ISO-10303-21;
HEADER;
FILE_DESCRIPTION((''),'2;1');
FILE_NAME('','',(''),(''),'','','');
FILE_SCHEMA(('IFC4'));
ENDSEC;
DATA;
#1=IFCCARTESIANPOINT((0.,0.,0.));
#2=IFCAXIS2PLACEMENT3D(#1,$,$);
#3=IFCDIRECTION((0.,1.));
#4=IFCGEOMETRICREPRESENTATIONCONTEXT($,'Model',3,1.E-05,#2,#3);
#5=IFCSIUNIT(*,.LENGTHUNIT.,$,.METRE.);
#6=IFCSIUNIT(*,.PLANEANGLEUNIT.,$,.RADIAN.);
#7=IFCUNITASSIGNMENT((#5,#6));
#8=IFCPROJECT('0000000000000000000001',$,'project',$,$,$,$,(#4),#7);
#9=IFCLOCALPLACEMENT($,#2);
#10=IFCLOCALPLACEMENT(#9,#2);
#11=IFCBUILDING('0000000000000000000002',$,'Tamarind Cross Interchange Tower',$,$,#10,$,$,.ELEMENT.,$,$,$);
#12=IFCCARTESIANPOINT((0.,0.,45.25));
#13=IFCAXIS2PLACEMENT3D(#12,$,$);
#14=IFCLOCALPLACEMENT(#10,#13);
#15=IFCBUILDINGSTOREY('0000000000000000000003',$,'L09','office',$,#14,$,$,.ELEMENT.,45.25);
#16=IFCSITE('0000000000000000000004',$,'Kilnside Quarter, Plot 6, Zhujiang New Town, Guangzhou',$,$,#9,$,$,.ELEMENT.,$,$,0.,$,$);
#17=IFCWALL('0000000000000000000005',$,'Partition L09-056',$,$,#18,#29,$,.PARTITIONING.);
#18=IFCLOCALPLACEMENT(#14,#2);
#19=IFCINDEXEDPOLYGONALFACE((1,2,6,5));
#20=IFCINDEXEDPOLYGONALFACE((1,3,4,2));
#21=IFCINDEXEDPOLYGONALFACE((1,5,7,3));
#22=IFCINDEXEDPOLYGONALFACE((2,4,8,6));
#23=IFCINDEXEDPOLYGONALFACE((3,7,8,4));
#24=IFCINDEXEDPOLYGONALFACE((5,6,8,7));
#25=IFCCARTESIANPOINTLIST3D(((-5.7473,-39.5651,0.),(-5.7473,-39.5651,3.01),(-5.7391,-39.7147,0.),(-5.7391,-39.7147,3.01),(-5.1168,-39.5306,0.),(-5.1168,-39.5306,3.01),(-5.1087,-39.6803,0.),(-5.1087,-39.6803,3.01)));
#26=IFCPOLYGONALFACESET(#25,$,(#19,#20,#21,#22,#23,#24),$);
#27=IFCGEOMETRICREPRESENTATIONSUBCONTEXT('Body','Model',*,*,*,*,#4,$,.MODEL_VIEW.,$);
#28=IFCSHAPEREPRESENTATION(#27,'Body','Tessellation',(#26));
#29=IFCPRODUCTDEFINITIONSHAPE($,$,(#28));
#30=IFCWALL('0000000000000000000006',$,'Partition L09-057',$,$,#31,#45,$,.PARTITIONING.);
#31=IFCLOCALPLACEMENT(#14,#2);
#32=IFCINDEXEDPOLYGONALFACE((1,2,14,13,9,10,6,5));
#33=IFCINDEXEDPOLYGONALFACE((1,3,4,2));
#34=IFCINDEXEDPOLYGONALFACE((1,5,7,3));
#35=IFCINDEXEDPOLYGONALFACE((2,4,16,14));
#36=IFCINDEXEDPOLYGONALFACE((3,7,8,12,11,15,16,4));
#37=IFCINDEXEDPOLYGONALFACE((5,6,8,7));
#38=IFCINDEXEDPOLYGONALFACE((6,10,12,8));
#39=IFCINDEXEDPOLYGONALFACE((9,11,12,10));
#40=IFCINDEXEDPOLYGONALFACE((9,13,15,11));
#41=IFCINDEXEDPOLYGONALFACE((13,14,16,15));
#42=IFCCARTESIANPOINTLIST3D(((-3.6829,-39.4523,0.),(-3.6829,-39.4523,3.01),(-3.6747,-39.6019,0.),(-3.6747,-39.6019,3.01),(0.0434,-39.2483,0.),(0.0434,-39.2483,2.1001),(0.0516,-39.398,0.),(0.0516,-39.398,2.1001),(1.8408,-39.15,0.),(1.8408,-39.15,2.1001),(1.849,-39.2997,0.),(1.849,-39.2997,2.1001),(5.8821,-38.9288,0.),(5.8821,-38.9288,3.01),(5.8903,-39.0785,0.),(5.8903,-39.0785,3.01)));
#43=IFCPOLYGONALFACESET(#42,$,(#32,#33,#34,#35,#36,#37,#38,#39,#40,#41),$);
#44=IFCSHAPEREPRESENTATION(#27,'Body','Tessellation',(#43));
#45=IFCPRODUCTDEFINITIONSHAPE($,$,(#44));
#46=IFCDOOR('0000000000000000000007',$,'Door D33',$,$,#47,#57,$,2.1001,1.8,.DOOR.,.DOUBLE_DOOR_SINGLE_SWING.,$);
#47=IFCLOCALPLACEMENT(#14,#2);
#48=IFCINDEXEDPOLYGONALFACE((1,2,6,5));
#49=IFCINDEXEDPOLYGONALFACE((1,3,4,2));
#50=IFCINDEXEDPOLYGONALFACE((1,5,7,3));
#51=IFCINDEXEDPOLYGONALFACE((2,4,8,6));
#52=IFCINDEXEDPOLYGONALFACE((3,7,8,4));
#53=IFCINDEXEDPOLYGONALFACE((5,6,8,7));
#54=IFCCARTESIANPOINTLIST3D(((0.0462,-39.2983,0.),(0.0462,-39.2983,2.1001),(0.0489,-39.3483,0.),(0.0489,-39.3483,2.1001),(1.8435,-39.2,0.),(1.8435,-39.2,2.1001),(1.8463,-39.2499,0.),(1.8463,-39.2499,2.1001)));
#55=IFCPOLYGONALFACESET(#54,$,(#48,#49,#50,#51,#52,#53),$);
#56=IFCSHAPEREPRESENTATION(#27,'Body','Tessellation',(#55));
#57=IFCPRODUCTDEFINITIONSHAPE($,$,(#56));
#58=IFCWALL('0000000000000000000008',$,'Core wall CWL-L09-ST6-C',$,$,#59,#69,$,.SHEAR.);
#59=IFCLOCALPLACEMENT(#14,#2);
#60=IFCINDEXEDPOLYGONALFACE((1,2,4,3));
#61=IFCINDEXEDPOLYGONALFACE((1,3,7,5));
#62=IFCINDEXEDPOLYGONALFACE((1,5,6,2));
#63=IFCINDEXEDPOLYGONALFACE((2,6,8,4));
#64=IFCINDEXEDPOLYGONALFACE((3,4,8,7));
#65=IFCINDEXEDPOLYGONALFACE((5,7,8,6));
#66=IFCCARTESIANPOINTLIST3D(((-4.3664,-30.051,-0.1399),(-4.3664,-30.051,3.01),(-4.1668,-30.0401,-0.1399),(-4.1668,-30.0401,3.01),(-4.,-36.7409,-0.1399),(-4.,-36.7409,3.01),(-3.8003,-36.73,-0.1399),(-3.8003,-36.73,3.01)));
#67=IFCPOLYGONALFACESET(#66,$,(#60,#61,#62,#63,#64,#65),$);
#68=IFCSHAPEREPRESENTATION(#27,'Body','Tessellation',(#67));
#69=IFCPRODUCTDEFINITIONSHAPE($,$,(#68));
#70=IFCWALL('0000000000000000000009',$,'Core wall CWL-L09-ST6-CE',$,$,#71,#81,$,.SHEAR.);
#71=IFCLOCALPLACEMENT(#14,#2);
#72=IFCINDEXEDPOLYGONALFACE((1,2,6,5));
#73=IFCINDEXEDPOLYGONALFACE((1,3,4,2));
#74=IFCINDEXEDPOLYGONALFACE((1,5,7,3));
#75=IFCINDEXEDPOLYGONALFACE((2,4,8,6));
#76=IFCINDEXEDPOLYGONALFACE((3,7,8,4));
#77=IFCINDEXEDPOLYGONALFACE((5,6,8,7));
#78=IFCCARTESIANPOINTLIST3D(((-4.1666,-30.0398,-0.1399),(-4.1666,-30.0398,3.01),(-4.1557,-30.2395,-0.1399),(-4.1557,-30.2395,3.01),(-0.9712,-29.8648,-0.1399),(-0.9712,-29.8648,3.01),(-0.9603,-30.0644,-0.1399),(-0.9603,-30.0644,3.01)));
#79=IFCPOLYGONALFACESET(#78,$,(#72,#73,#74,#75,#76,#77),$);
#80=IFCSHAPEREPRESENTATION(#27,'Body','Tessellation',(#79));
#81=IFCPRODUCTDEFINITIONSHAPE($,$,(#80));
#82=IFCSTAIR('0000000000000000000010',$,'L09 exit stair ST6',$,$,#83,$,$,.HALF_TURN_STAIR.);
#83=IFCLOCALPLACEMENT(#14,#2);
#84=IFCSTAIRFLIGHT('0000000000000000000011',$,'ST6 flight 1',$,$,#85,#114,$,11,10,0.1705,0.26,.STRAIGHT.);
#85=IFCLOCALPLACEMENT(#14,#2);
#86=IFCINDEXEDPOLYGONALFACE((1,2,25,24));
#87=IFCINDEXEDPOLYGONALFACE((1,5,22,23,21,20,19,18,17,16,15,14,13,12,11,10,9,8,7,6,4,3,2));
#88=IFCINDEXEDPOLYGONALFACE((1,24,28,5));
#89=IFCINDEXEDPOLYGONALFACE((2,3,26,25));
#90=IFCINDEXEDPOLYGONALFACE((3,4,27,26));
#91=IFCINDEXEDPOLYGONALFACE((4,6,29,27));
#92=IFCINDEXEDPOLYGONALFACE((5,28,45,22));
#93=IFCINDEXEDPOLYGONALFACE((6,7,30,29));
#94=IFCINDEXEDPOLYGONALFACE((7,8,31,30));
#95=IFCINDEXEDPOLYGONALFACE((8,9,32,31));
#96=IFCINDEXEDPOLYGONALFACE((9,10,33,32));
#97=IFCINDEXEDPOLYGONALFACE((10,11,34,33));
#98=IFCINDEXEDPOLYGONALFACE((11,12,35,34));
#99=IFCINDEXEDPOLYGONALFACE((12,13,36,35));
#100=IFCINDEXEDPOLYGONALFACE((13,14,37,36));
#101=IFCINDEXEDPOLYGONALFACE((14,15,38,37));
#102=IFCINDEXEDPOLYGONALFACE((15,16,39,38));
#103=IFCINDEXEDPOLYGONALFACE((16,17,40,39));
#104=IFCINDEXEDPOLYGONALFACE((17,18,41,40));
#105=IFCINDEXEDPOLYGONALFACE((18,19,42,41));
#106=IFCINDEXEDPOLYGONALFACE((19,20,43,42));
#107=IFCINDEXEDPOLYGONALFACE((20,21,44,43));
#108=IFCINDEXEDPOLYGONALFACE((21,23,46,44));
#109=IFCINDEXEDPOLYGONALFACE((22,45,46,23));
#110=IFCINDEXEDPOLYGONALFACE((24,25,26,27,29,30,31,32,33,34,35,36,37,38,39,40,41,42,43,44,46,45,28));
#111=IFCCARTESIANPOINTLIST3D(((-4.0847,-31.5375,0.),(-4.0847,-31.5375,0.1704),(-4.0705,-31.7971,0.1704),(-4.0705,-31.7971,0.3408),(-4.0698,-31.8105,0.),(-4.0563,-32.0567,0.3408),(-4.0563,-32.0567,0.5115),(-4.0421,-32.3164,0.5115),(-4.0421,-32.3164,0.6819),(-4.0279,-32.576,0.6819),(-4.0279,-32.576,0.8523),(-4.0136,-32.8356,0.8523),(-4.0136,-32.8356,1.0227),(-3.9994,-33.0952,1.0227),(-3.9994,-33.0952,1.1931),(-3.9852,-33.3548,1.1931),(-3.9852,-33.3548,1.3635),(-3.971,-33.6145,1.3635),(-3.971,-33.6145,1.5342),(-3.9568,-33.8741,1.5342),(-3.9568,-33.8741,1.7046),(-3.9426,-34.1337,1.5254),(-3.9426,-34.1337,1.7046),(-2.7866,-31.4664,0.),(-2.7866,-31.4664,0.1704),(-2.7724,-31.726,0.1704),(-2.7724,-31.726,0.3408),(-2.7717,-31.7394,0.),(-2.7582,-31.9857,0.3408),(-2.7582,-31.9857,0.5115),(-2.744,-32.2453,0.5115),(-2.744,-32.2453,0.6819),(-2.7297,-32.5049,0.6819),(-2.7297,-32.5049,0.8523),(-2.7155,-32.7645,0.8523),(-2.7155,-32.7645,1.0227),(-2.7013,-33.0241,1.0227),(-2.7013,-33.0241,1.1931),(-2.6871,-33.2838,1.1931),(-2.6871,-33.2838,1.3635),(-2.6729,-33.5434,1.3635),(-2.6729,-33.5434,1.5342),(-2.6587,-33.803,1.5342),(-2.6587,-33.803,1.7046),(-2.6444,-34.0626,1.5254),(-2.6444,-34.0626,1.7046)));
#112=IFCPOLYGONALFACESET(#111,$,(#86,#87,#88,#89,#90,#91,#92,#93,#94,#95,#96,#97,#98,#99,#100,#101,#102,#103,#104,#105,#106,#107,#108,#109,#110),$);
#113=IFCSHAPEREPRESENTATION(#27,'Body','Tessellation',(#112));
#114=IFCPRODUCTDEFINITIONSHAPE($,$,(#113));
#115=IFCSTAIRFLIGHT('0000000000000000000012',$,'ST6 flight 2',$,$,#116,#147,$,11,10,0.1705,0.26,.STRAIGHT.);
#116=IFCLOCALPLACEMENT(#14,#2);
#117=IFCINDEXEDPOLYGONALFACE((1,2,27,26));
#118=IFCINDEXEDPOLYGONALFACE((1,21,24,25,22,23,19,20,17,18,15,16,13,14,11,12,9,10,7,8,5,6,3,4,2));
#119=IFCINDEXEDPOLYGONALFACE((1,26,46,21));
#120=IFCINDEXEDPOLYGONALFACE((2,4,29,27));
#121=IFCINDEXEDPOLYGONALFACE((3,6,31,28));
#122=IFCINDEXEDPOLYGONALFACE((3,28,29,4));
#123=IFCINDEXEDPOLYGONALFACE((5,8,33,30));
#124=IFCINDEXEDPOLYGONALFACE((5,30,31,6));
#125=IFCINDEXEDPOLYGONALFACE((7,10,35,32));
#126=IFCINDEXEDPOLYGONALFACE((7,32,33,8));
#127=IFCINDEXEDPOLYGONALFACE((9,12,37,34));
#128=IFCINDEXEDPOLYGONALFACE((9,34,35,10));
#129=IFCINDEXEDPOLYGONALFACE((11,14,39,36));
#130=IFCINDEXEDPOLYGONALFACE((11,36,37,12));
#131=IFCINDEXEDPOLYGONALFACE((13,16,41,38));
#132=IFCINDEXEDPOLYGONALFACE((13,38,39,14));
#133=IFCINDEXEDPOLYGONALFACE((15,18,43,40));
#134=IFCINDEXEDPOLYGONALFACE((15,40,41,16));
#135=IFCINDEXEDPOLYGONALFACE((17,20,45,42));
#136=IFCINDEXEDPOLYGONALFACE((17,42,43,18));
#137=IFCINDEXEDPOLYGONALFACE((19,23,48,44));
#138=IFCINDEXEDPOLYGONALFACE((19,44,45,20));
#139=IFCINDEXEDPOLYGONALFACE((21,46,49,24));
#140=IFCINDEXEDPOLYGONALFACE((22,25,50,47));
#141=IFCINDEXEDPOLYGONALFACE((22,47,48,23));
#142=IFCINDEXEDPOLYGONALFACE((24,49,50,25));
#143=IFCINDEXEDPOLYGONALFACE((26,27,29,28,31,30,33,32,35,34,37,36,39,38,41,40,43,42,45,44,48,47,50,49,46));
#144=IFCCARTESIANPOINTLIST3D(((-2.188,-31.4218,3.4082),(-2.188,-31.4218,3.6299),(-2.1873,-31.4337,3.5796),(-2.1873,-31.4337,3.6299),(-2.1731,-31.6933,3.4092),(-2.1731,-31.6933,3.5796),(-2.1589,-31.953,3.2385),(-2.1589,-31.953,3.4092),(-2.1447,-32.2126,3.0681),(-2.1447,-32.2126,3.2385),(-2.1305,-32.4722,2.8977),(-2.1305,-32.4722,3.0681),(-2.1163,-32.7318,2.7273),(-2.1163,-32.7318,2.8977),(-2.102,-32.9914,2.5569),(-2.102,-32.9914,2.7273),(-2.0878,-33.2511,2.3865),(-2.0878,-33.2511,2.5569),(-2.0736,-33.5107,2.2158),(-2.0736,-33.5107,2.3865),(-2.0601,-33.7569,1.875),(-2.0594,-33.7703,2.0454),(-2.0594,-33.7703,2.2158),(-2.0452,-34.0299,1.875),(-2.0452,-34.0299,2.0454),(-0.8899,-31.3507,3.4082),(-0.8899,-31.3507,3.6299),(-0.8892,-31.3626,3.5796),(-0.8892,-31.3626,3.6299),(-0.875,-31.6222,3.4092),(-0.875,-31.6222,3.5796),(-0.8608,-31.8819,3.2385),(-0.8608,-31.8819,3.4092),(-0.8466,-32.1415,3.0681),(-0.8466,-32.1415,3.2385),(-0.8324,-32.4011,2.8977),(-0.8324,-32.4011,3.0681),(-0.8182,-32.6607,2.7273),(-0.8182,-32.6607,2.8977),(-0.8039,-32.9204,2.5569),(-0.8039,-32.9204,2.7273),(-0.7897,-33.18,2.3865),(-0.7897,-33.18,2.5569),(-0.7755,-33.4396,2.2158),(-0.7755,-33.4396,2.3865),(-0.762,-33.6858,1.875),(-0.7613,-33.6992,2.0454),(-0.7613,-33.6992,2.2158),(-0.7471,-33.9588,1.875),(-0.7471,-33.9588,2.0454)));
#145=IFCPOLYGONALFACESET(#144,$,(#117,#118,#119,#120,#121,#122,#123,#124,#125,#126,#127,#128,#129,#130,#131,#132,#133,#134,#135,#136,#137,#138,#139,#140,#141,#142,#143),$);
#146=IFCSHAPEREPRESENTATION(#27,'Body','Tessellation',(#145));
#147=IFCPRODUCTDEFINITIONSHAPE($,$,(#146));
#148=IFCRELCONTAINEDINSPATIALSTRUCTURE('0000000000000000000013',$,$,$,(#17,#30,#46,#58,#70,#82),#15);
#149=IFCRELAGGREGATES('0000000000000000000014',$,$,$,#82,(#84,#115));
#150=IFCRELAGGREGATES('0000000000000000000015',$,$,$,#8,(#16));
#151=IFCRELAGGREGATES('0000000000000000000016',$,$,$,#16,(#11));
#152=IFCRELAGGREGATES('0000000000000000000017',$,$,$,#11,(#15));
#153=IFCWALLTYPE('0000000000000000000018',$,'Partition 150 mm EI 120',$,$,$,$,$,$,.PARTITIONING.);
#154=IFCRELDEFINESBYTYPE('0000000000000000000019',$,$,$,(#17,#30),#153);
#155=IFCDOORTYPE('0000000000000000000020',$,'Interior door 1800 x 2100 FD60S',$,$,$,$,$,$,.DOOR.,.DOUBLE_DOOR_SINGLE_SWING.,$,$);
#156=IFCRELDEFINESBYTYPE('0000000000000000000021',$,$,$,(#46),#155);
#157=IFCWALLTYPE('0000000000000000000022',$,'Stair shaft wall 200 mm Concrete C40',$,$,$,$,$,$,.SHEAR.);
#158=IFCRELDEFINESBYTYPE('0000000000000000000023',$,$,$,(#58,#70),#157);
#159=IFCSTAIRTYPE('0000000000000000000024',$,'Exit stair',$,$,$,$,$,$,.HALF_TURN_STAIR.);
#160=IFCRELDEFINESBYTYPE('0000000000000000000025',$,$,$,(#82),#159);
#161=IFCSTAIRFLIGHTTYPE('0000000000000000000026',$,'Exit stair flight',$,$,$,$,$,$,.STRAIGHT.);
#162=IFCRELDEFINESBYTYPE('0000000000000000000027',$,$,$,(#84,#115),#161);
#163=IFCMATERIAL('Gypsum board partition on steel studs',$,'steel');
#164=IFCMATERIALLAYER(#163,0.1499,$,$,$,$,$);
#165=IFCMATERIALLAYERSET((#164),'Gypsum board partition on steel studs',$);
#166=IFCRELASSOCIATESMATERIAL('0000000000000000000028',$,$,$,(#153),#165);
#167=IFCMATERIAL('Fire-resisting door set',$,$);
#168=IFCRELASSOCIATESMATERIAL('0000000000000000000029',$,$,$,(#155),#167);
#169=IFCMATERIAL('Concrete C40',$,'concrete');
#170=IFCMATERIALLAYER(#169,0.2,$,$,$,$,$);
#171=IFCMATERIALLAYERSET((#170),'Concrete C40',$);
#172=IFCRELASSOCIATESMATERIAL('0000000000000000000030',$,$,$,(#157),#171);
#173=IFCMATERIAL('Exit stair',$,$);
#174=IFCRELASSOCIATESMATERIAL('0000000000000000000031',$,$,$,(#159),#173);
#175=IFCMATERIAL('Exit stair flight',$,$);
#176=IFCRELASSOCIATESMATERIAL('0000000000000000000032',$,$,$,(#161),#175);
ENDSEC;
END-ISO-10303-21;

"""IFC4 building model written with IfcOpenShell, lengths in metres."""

from ifc_helpers import new_model, si_unit, direction, frame, frame_2d, origin, place, context, subcontext, project, spatial, polyline, rectangle, outline, extrude, material, layer, layer_set, type_object, element, fill, aggregate, save


model = new_model("IFC4")

# Units and contexts
model_context = context("Model", 3, precision=1e-05, world=origin(), true_north=direction((0.0, 1.0)))
body_context = subcontext(model_context, "Body", "Model", "MODEL_VIEW")
ifc_project = project(units=[si_unit("LENGTHUNIT", "METRE"), si_unit("PLANEANGLEUNIT", "RADIAN")], contexts=[model_context])

# Site, building, storey
site_placement = place(None, origin())
site = spatial("IfcSite", under=ifc_project, at=site_placement, Name="Kilnside Quarter, Plot 6, Zhujiang New Town, Guangzhou", CompositionType="ELEMENT", RefElevation=0.0)
building_placement = place(site_placement, origin())
building = spatial("IfcBuilding", under=site, at=building_placement, Name="Tamarind Cross Interchange Tower", CompositionType="ELEMENT")
storey_placement = place(building_placement, frame((0.0, 0.0, 45.25)))
storey = spatial("IfcBuildingStorey", under=building, at=storey_placement, Name="L09", Description="office", CompositionType="ELEMENT", Elevation=45.25)

# Wall
ifc_material_1 = material(Name="Gypsum board partition on steel studs", Category="steel")
ifc_layer_1 = layer(ifc_material_1, 0.1499)
ifc_layer_set_1 = layer_set([ifc_layer_1], Name="Gypsum board partition on steel studs")
wall_type_1 = type_object("IfcWallType", Name="Partition 150 mm EI 120", PredefinedType="PARTITIONING", material=ifc_layer_set_1)
wall_1_placement = place(storey_placement, frame((-5.7432, -39.6399, 0.0), z_axis=(0.0, 0.0, 1.0), x_axis=(0.998512, 0.054528, 0.0)))
element("IfcWall", 1, at=wall_1_placement, inside=storey, type_object=wall_type_1, Name="Partition L09-056", PredefinedType="PARTITIONING", context=body_context, shape_type="SweptSolid", body=[
    extrude(rectangle(XDim=0.6313, YDim=0.1499, at=frame_2d((0.3157, 0.0))), origin(), (0.0, 0.0, 1.0), 3.01),
])

# Wall, opening, door
wall_2_placement = place(storey_placement, frame((-3.6787, -39.5271, 0.0), z_axis=(0.0, 0.0, 1.0), x_axis=(0.998506, 0.054643, 0.0)))
wall_2 = element("IfcWall", 2, at=wall_2_placement, inside=storey, type_object=wall_type_1, Name="Partition L09-057", PredefinedType="PARTITIONING", context=body_context, shape_type="SweptSolid", body=[
    extrude(rectangle(XDim=9.5793, YDim=0.1499, at=frame_2d((4.7896, 0.0))), origin(), (0.0, 0.0, 1.0), 3.01),
])
opening_placement = place(wall_2_placement, frame((3.7319, 0.0, 0.0)))
opening = element("IfcOpeningElement", 3, at=opening_placement, cuts=wall_2, PredefinedType="OPENING", context=body_context, shape_type="SweptSolid", body=[
    extrude(rectangle(XDim=1.8, YDim=2.1001, at=frame_2d((0.8999, 1.05))), frame((0.0, 0.085, 0.0), z_axis=(0.0, -1.0, 0.0), x_axis=(1.0, 0.0, 0.0)), (0.0, 0.0, 1.0), 0.1699),
])
ifc_material_2 = material(Name="Fire-resisting door set")
door_type = type_object("IfcDoorType", Name="Interior door 1800 x 2100 FD60S", OperationType="DOUBLE_DOOR_SINGLE_SWING", PredefinedType="DOOR", material=ifc_material_2)
door_placement = place(opening_placement, origin())
door = element("IfcDoor", 4, at=door_placement, inside=storey, type_object=door_type, Name="Door D33", OperationType="DOUBLE_DOOR_SINGLE_SWING", OverallHeight=2.1001, OverallWidth=1.8, PredefinedType="DOOR", context=body_context, shape_type="SweptSolid", body=[
    extrude(rectangle(XDim=1.8, YDim=2.1001, at=frame_2d((0.8999, 1.05))), frame((0.0, 0.0249, 0.0), z_axis=(0.0, -1.0, 0.0), x_axis=(1.0, 0.0, 0.0)), (0.0, 0.0, 1.0), 0.05),
])
fill(opening, door)

# Walls
ifc_material_3 = material(Name="Concrete C40", Category="concrete")
ifc_layer_2 = layer(ifc_material_3, 0.2)
ifc_layer_set_2 = layer_set([ifc_layer_2], Name="Concrete C40")
wall_type_2 = type_object("IfcWallType", Name="Stair shaft wall 200 mm Concrete C40", PredefinedType="SHEAR", material=ifc_layer_set_2)
wall_3_placement = place(storey_placement, frame((-4.2666, -30.0454, -0.1399), z_axis=(0.0, 0.0, 1.0), x_axis=(0.054695, -0.998503, 0.0)))
element("IfcWall", 5, at=wall_3_placement, inside=storey, type_object=wall_type_2, Name="Core wall CWL-L09-ST6-C", PredefinedType="SHEAR", context=body_context, shape_type="SweptSolid", body=[
    extrude(rectangle(XDim=6.7, YDim=0.2, at=frame_2d((3.3501, 0.0))), origin(), (0.0, 0.0, 1.0), 3.1499),
])
wall_4_placement = place(storey_placement, frame((-4.1611, -30.1396, -0.1399), z_axis=(0.0, 0.0, 1.0), x_axis=(0.998503, 0.054701, 0.0)))
element("IfcWall", 6, at=wall_4_placement, inside=storey, type_object=wall_type_2, Name="Core wall CWL-L09-ST6-CE", PredefinedType="SHEAR", context=body_context, shape_type="SweptSolid", body=[
    extrude(rectangle(XDim=3.2002, YDim=0.2, at=frame_2d((1.6001, 0.0))), origin(), (0.0, 0.0, 1.0), 3.1499),
])

# Stair, stair flights
ifc_material_4 = material(Name="Exit stair")
stair_type = type_object("IfcStairType", Name="Exit stair", PredefinedType="HALF_TURN_STAIR", material=ifc_material_4)
stair_placement = place(storey_placement, origin())
stair = element("IfcStair", 7, at=stair_placement, inside=storey, type_object=stair_type, Name="L09 exit stair ST6", PredefinedType="HALF_TURN_STAIR")
ifc_material_5 = material(Name="Exit stair flight")
stair_flight_type = type_object("IfcStairFlightType", Name="Exit stair flight", PredefinedType="STRAIGHT", material=ifc_material_5)
stair_flight_1_placement = place(storey_placement, frame((-3.4355, -31.502, 0.0), z_axis=(0.0, 0.0, 1.0), x_axis=(0.054678, -0.998504, 0.0)))
stair_flight_1 = element("IfcStairFlight", 8, at=stair_flight_1_placement, type_object=stair_flight_type, Name="ST6 flight 1", NumberOfRisers=11, NumberOfTreads=10, PredefinedType="STRAIGHT", RiserHeight=0.1705, TreadLength=0.26, context=body_context, shape_type="SweptSolid", body=[
    extrude(outline(polyline([(0.0, 0.0), (0.0, 0.1704), (0.26, 0.1704), (0.26, 0.3408), (0.52, 0.3408), (0.52, 0.5115), (0.78, 0.5115), (0.78, 0.6819), (1.04, 0.6819), (1.04, 0.8523), (1.3, 0.8523), (1.3, 1.0227), (1.5601, 1.0227), (1.5601, 1.1931), (1.8201, 1.1931), (1.8201, 1.3635), (2.0801, 1.3635), (2.0801, 1.5342), (2.3401, 1.5342), (2.3401, 1.7046), (2.6001, 1.7046), (2.6001, 1.875), (2.6001, 1.5254), (0.2734, 0.0), (0.0, 0.0)])), frame((0.0, 0.6499, 0.0), z_axis=(0.0, -1.0, 0.0), x_axis=(1.0, 0.0, 0.0)), (0.0, 0.0, 1.0), 1.3),
])
stair_flight_2_placement = place(storey_placement, frame((-1.3962, -33.9944, 1.875), z_axis=(0.0, 0.0, 1.0), x_axis=(-0.054678, 0.998504, 0.0)))
stair_flight_2 = element("IfcStairFlight", 9, at=stair_flight_2_placement, type_object=stair_flight_type, Name="ST6 flight 2", NumberOfRisers=11, NumberOfTreads=10, PredefinedType="STRAIGHT", RiserHeight=0.1705, TreadLength=0.26, context=body_context, shape_type="SweptSolid", body=[
    extrude(outline(polyline([(0.0, 0.0), (0.0, 0.1704), (0.26, 0.1704), (0.26, 0.3408), (0.52, 0.3408), (0.52, 0.5115), (0.78, 0.5115), (0.78, 0.6819), (1.04, 0.6819), (1.04, 0.8523), (1.3, 0.8523), (1.3, 1.0227), (1.5601, 1.0227), (1.5601, 1.1931), (1.8201, 1.1931), (1.8201, 1.3635), (2.0801, 1.3635), (2.0801, 1.5342), (2.3401, 1.5342), (2.3401, 1.7046), (2.6001, 1.7046), (2.6001, 1.7549), (2.6121, 1.7549), (2.6121, 1.5332), (0.2734, 0.0), (0.0, 0.0)])), frame((0.0, 0.6499, 0.0), z_axis=(0.0, -1.0, 0.0), x_axis=(1.0, 0.0, 0.0)), (0.0, 0.0, 1.0), 1.3),
])
aggregate(stair, [stair_flight_1, stair_flight_2])

save(model, "model.ifc")
